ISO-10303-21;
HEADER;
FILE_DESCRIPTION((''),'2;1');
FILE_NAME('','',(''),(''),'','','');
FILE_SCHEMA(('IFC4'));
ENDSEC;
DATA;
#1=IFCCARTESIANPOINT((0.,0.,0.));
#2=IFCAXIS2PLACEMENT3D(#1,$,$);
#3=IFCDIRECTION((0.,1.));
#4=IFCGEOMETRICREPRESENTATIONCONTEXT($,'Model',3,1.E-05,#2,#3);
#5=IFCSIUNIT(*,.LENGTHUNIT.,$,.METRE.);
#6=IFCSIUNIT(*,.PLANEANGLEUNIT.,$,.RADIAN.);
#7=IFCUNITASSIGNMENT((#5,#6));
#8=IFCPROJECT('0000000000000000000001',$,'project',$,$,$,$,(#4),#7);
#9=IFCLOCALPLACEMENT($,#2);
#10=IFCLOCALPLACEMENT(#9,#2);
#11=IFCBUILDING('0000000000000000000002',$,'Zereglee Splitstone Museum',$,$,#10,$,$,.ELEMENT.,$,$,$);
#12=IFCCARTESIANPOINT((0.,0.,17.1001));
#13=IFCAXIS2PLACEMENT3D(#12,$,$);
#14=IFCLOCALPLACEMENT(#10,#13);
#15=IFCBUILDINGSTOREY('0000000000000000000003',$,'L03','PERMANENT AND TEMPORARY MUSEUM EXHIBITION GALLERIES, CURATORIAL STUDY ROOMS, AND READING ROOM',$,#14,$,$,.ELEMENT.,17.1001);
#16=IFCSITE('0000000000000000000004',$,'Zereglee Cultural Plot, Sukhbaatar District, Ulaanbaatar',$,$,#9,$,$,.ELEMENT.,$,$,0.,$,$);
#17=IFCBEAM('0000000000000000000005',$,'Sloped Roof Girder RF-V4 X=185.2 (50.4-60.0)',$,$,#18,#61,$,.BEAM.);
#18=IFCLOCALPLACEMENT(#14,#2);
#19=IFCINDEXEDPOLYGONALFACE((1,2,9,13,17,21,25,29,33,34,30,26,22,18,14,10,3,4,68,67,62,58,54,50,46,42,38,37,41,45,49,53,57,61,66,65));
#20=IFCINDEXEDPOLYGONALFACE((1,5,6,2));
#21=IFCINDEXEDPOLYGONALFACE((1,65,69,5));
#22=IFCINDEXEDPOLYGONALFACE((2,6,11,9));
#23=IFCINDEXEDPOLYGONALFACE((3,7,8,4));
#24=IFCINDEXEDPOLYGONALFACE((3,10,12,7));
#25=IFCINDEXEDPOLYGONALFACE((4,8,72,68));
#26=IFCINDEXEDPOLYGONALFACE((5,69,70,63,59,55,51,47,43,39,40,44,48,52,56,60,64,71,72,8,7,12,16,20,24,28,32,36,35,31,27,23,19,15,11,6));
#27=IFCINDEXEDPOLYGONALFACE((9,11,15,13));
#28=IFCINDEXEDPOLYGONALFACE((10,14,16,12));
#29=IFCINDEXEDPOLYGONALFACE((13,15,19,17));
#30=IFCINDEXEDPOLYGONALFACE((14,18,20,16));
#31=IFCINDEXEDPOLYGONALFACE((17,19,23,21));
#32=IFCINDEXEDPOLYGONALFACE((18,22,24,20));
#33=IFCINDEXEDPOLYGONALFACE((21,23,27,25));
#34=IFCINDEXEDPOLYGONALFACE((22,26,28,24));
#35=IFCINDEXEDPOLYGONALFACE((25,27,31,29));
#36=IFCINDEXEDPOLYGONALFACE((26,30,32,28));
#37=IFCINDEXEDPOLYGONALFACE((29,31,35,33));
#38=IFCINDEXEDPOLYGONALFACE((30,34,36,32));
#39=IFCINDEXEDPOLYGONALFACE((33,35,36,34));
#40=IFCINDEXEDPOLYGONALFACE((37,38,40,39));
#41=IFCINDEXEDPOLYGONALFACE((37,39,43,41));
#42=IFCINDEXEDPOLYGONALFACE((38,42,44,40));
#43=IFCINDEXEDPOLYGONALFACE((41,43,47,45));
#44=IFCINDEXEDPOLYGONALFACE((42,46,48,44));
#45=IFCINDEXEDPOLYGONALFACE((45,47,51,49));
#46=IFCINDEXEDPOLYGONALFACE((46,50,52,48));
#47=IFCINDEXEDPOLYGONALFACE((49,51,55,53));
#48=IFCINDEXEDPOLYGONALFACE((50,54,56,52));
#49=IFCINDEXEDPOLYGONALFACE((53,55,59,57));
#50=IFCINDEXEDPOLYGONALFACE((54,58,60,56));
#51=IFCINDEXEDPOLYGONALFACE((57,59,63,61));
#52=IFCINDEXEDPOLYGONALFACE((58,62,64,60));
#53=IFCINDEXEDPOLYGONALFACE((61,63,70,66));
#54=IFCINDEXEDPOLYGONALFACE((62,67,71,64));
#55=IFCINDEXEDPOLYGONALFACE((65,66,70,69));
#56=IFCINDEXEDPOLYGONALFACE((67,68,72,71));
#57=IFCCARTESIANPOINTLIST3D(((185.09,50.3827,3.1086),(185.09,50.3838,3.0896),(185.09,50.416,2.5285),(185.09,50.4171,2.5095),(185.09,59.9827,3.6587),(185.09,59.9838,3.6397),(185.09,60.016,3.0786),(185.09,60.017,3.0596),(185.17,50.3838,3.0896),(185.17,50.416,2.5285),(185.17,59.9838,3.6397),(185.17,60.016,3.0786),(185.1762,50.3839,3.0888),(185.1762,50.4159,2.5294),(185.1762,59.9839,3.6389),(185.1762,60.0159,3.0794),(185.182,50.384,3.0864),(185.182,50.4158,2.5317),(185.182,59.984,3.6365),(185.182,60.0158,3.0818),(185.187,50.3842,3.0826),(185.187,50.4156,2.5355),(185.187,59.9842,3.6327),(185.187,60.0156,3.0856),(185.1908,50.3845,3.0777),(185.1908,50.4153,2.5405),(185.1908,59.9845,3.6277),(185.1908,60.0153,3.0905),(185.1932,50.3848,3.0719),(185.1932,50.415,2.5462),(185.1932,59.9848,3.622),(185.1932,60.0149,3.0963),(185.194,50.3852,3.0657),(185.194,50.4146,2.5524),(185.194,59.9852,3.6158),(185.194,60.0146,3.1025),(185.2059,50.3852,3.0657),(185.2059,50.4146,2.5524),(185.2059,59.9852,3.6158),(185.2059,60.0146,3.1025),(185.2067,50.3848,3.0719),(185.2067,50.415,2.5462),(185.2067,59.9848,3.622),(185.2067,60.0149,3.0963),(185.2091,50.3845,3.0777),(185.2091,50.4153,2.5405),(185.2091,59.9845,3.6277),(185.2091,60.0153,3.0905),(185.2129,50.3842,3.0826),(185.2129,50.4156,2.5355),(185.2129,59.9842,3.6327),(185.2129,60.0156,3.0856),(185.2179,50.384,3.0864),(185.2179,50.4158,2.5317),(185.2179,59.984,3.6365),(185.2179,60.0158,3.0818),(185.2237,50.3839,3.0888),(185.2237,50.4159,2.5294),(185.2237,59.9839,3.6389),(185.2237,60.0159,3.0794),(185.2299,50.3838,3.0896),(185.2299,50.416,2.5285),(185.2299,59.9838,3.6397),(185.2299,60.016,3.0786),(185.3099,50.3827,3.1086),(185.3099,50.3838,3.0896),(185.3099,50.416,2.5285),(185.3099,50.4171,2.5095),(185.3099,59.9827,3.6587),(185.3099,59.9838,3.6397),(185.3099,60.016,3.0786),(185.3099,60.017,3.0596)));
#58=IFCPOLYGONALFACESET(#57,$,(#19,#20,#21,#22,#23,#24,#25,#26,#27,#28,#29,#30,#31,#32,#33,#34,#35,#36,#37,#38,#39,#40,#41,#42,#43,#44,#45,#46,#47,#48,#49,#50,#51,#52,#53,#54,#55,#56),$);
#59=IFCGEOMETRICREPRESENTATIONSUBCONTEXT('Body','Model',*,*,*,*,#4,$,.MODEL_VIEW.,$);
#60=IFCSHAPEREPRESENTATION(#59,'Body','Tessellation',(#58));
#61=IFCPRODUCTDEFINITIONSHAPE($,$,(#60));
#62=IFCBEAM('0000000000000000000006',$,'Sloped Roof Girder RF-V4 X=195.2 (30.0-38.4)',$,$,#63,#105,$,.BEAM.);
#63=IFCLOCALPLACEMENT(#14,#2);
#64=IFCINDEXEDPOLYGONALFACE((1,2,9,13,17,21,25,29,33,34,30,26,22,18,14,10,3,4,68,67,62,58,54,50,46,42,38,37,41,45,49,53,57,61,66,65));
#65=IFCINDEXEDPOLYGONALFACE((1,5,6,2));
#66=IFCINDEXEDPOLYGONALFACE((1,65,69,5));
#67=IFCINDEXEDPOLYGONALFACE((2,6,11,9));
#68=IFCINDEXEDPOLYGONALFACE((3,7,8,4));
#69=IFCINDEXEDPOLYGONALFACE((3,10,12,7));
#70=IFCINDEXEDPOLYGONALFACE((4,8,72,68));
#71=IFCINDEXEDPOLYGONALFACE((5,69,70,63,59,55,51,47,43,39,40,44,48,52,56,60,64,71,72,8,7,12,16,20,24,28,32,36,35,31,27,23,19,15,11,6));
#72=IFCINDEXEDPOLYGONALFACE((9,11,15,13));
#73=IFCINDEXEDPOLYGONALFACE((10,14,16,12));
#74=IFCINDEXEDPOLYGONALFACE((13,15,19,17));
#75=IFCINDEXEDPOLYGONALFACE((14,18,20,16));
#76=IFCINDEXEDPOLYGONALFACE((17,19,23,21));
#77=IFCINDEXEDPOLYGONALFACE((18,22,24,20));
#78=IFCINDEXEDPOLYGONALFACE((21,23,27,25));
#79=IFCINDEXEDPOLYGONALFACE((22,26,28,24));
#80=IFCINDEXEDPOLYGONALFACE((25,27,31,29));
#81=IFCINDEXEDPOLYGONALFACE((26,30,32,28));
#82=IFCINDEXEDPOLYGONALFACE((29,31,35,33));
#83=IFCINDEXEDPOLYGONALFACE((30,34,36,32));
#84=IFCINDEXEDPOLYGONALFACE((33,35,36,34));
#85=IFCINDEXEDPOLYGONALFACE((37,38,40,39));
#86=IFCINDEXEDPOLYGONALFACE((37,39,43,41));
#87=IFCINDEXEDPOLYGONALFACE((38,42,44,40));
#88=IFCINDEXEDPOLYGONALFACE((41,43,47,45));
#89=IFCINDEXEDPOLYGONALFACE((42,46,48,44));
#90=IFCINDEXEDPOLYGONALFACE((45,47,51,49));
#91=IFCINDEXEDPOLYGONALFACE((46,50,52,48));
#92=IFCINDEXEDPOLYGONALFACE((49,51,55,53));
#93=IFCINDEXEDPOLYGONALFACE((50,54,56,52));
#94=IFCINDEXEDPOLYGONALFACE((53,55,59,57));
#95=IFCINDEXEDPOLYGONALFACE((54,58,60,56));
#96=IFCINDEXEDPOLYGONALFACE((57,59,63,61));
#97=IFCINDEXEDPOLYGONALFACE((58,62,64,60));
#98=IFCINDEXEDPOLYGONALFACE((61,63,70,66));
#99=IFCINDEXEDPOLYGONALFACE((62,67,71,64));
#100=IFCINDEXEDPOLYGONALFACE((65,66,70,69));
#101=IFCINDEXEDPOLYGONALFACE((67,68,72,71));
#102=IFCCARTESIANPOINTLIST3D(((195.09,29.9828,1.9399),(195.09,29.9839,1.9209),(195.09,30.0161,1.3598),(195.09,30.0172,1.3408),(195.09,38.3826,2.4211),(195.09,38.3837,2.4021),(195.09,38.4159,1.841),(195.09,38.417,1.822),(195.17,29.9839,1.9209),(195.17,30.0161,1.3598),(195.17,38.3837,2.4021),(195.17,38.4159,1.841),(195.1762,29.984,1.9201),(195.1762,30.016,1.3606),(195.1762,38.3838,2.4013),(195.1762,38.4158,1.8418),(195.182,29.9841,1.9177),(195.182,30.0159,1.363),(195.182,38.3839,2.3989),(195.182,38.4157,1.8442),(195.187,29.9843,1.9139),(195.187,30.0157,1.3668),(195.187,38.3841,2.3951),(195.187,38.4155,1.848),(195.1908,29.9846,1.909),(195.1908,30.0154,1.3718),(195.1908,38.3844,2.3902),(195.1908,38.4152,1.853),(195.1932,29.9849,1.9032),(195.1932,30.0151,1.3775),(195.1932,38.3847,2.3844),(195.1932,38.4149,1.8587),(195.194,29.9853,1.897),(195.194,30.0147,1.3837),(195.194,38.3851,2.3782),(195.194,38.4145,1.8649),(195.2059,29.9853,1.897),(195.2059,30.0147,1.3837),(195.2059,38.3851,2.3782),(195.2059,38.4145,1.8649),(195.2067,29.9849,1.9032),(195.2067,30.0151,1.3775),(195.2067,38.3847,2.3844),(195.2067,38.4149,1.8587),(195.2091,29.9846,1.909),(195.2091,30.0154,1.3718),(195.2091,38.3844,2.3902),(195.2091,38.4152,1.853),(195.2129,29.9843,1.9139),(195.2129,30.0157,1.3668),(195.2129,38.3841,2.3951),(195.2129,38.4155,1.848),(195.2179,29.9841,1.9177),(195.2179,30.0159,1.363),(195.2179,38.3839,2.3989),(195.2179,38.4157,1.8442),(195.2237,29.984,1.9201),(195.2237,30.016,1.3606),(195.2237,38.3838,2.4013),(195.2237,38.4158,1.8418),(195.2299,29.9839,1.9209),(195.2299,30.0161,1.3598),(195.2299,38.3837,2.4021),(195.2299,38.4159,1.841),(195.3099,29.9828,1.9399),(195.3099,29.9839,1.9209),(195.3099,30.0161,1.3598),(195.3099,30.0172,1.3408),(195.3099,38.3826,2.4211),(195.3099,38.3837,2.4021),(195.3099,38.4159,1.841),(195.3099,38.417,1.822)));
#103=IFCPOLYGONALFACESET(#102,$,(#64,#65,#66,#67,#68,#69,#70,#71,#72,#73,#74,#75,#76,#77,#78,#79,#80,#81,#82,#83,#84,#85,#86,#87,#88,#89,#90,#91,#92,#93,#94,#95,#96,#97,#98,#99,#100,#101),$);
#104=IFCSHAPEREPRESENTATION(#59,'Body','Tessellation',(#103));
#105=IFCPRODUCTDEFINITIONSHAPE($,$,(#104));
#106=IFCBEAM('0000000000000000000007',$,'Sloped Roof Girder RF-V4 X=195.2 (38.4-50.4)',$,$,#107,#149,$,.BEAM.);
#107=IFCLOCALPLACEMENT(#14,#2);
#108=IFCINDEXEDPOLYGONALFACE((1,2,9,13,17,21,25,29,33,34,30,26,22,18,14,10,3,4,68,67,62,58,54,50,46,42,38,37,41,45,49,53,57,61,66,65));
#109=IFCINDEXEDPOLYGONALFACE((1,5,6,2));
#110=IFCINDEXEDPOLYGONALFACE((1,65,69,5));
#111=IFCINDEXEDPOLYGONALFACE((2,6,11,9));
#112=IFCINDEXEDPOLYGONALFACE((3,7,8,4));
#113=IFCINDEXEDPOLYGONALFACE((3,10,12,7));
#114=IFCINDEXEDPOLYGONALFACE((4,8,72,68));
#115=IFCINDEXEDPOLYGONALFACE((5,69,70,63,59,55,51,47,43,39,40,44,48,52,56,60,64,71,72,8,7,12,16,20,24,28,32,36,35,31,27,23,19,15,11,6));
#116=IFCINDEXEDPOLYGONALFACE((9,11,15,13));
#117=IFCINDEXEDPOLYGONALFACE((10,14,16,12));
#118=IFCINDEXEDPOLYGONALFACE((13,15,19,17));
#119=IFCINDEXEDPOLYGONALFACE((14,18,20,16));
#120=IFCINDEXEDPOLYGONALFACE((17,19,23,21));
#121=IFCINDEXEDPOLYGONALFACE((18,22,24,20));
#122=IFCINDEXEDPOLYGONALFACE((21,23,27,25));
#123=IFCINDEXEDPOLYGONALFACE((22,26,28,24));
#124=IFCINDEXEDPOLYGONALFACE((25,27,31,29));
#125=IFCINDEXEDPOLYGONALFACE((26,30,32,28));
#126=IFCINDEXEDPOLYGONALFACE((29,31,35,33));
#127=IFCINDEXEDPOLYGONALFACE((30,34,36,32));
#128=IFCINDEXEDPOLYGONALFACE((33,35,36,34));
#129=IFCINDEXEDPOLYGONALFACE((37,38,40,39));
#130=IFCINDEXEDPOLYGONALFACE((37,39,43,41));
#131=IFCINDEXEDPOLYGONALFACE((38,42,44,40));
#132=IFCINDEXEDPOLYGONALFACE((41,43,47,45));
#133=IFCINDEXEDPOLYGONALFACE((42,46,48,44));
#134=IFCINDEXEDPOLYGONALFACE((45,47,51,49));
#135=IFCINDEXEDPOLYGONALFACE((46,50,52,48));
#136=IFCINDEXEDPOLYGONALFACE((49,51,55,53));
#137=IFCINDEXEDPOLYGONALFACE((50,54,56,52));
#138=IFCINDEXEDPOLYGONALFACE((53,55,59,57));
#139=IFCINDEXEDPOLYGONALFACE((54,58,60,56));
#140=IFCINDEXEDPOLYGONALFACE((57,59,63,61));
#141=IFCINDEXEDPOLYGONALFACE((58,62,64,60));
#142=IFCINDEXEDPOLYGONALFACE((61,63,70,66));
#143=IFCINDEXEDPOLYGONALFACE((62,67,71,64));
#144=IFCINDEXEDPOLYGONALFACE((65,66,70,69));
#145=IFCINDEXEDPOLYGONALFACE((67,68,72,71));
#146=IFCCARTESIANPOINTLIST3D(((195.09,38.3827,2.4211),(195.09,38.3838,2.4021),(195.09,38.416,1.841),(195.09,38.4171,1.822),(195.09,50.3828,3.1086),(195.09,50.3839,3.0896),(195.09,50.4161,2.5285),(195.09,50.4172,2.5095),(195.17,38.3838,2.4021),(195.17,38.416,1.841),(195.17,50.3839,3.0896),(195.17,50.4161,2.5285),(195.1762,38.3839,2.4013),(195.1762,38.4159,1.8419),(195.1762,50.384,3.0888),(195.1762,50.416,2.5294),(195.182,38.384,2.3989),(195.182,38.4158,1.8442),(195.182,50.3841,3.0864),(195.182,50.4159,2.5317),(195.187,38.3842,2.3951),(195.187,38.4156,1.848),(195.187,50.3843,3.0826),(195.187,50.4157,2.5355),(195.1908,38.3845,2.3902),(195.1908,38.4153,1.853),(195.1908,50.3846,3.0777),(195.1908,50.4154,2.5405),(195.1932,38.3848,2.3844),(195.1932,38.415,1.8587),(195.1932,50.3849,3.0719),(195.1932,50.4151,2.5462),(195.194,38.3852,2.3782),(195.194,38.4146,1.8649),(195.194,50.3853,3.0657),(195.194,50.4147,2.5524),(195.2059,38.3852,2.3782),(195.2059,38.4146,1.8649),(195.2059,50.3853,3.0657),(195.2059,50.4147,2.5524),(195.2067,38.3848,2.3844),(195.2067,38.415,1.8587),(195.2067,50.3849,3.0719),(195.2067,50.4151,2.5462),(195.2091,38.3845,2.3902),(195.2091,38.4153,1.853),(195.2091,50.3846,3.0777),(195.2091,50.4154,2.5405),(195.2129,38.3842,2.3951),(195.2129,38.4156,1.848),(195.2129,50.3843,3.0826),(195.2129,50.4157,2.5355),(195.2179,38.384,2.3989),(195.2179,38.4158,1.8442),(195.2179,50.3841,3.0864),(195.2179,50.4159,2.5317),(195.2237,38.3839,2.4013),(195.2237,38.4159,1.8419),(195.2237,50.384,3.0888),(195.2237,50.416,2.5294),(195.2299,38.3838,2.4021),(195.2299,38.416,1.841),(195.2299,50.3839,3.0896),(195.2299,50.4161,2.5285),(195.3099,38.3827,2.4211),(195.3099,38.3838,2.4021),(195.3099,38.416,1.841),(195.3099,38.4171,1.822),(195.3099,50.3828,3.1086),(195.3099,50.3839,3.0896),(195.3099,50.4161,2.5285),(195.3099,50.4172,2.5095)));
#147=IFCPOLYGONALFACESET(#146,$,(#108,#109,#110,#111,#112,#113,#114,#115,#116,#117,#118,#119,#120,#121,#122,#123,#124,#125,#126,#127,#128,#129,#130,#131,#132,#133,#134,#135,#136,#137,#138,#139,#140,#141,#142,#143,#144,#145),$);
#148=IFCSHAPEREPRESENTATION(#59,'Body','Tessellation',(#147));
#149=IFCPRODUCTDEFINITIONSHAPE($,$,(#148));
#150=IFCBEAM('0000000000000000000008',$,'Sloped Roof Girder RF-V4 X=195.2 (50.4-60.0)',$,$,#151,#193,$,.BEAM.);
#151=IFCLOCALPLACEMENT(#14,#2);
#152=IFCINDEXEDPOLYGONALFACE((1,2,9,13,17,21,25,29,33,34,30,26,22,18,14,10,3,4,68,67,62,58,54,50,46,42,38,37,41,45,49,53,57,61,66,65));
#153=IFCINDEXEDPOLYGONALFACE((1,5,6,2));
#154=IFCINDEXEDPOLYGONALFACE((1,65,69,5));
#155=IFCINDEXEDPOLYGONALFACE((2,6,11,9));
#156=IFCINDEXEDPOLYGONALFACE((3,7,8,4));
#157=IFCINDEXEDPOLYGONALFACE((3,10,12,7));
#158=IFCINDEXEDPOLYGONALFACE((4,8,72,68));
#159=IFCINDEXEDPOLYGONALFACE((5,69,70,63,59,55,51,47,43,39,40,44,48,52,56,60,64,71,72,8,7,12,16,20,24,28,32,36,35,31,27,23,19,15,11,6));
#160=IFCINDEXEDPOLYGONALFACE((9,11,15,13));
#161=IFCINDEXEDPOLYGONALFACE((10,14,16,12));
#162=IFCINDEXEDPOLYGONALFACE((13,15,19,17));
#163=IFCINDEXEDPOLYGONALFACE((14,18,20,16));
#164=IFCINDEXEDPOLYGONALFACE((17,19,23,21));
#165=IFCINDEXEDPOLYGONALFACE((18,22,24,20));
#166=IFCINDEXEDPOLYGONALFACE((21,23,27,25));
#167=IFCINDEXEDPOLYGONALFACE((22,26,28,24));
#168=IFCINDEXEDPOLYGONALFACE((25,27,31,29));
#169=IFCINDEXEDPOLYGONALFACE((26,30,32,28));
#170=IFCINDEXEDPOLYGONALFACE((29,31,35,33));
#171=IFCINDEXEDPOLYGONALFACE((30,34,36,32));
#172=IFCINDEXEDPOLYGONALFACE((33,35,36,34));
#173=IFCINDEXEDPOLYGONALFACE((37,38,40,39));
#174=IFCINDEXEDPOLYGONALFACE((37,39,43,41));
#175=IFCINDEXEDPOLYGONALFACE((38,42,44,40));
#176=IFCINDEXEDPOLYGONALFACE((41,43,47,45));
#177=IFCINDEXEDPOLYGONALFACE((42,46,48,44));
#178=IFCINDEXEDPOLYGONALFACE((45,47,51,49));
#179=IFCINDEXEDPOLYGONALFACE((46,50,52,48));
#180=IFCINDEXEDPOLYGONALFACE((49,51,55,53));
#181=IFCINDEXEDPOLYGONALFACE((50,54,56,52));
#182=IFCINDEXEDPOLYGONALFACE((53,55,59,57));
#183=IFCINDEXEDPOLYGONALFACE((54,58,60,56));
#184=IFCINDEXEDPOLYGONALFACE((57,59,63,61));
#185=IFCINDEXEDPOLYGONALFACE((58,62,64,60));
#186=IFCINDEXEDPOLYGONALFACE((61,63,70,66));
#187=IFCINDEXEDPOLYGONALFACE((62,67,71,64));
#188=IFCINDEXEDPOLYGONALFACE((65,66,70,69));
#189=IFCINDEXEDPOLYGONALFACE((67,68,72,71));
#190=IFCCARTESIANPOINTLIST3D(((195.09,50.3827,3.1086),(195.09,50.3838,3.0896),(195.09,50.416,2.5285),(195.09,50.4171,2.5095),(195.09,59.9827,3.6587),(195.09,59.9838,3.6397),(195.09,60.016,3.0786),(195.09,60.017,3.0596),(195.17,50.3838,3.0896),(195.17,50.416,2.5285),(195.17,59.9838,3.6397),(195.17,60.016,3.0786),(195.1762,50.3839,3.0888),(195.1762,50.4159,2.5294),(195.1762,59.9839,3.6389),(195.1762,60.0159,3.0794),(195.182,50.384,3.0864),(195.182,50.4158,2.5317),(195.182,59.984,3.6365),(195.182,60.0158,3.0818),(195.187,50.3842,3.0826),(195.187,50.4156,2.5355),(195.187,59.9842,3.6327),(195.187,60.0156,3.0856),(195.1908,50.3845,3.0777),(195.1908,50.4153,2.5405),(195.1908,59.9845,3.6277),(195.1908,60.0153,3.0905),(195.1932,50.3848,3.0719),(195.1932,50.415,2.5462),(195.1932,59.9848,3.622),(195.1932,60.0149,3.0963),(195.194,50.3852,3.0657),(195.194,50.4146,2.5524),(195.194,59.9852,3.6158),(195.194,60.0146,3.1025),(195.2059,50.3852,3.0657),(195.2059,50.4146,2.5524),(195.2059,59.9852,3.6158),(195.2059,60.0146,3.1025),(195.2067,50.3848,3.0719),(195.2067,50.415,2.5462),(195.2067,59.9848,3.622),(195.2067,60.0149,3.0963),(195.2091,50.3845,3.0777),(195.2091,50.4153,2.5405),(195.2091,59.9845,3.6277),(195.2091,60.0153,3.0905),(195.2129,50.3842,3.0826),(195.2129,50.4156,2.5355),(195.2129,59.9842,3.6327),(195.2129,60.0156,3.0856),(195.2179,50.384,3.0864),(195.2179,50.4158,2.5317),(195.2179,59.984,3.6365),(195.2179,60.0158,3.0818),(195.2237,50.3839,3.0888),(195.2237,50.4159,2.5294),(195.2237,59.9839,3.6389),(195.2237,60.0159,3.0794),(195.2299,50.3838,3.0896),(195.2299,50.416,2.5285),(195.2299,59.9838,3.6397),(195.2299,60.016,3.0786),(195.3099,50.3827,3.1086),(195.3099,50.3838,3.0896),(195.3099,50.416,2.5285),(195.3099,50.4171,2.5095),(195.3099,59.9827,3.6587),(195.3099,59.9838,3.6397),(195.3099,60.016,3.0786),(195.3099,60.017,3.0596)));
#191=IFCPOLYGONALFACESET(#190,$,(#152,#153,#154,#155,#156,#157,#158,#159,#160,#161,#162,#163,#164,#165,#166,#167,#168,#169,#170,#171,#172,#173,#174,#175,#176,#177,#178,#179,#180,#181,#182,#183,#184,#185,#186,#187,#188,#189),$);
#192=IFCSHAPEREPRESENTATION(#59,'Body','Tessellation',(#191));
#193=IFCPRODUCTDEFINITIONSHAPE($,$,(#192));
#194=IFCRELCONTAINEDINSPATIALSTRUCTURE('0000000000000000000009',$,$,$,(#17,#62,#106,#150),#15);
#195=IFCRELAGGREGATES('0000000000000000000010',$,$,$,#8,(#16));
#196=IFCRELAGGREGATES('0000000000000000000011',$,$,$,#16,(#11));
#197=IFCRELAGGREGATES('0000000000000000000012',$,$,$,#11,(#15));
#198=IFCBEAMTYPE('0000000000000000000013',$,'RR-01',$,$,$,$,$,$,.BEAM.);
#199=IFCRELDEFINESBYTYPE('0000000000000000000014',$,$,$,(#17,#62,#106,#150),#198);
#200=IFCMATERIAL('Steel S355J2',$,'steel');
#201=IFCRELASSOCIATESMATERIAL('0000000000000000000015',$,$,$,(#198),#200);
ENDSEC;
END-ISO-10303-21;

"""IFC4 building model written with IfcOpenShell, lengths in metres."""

from ifc_helpers import new_model, si_unit, direction, frame, origin, origin_2d, place, context, subcontext, project, spatial, i_section, extrude, material, material_profile, profile_set, type_object, element, save


model = new_model("IFC4")

# Units and contexts
model_context = context("Model", 3, precision=1e-05, world=origin(), true_north=direction((0.0, 1.0)))
body_context = subcontext(model_context, "Body", "Model", "MODEL_VIEW")
ifc_project = project(units=[si_unit("LENGTHUNIT", "METRE"), si_unit("PLANEANGLEUNIT", "RADIAN")], contexts=[model_context])

# Site, building, storey
site_placement = place(None, origin())
site = spatial("IfcSite", under=ifc_project, at=site_placement, Name="Zereglee Cultural Plot, Sukhbaatar District, Ulaanbaatar", CompositionType="ELEMENT", RefElevation=0.0)
building_placement = place(site_placement, origin())
building = spatial("IfcBuilding", under=site, at=building_placement, Name="Zereglee Splitstone Museum", CompositionType="ELEMENT")
storey_placement = place(building_placement, frame((0.0, 0.0, 17.1001)))
storey = spatial("IfcBuildingStorey", under=building, at=storey_placement, Name="L03", Description="PERMANENT AND TEMPORARY MUSEUM EXHIBITION GALLERIES, CURATORIAL STUDY ROOMS, AND READING ROOM", CompositionType="ELEMENT", Elevation=17.1001)

# Shared definitions
ifc_material_1 = material(Name="Steel S355J2", Category="steel")

# Beams
ifc_material_profile_1 = material_profile(ifc_material_1, i_section(OverallWidth=0.22, OverallDepth=0.6001, WebThickness=0.012, FlangeThickness=0.019, FilletRadius=0.0239, at=origin_2d()), Name="IPE 600")
ifc_profile_set_1 = profile_set([ifc_material_profile_1], Name="Steel S355J2")
beam_type = type_object("IfcBeamType", Name="RR-01", PredefinedType="BEAM", material=ifc_profile_set_1)
beam_1_placement = place(storey_placement, frame((185.2, 50.3999, 2.8091), z_axis=(0.0, 0.998363, 0.057202), x_axis=(-1.0, 0.0, 0.0)))
element("IfcBeam", 1, at=beam_1_placement, inside=storey, type_object=beam_type, Name="Sloped Roof Girder RF-V4 X=185.2 (50.4-60.0)", PredefinedType="BEAM", context=body_context, shape_type="SweptSolid", body=[
    extrude(i_section(OverallWidth=0.22, OverallDepth=0.6001, WebThickness=0.012, FlangeThickness=0.019, FilletRadius=0.0239, at=origin_2d()), origin(), (0.0, 0.0, 1.0), 9.6157),
])
beam_2_placement = place(storey_placement, frame((195.2, 30.0, 1.6404), z_axis=(0.0, 0.998363, 0.057193), x_axis=(-1.0, 0.0, 0.0)))
element("IfcBeam", 2, at=beam_2_placement, inside=storey, type_object=beam_type, Name="Sloped Roof Girder RF-V4 X=195.2 (30.0-38.4)", PredefinedType="BEAM", context=body_context, shape_type="SweptSolid", body=[
    extrude(i_section(OverallWidth=0.22, OverallDepth=0.6001, WebThickness=0.012, FlangeThickness=0.019, FilletRadius=0.0239, at=origin_2d()), origin(), (0.0, 0.0, 1.0), 8.4136),
])
beam_3_placement = place(storey_placement, frame((195.2, 38.3999, 2.1216), z_axis=(0.0, 0.998363, 0.057198), x_axis=(-1.0, 0.0, 0.0)))
element("IfcBeam", 3, at=beam_3_placement, inside=storey, type_object=beam_type, Name="Sloped Roof Girder RF-V4 X=195.2 (38.4-50.4)", PredefinedType="BEAM", context=body_context, shape_type="SweptSolid", body=[
    extrude(i_section(OverallWidth=0.22, OverallDepth=0.6001, WebThickness=0.012, FlangeThickness=0.019, FilletRadius=0.0239, at=origin_2d()), origin(), (0.0, 0.0, 1.0), 12.0198),
])
beam_4_placement = place(storey_placement, frame((195.2, 50.3999, 2.8091), z_axis=(0.0, 0.998363, 0.057202), x_axis=(-1.0, 0.0, 0.0)))
element("IfcBeam", 4, at=beam_4_placement, inside=storey, type_object=beam_type, Name="Sloped Roof Girder RF-V4 X=195.2 (50.4-60.0)", PredefinedType="BEAM", context=body_context, shape_type="SweptSolid", body=[
    extrude(i_section(OverallWidth=0.22, OverallDepth=0.6001, WebThickness=0.012, FlangeThickness=0.019, FilletRadius=0.0239, at=origin_2d()), origin(), (0.0, 0.0, 1.0), 9.6157),
])

save(model, "model.ifc")
